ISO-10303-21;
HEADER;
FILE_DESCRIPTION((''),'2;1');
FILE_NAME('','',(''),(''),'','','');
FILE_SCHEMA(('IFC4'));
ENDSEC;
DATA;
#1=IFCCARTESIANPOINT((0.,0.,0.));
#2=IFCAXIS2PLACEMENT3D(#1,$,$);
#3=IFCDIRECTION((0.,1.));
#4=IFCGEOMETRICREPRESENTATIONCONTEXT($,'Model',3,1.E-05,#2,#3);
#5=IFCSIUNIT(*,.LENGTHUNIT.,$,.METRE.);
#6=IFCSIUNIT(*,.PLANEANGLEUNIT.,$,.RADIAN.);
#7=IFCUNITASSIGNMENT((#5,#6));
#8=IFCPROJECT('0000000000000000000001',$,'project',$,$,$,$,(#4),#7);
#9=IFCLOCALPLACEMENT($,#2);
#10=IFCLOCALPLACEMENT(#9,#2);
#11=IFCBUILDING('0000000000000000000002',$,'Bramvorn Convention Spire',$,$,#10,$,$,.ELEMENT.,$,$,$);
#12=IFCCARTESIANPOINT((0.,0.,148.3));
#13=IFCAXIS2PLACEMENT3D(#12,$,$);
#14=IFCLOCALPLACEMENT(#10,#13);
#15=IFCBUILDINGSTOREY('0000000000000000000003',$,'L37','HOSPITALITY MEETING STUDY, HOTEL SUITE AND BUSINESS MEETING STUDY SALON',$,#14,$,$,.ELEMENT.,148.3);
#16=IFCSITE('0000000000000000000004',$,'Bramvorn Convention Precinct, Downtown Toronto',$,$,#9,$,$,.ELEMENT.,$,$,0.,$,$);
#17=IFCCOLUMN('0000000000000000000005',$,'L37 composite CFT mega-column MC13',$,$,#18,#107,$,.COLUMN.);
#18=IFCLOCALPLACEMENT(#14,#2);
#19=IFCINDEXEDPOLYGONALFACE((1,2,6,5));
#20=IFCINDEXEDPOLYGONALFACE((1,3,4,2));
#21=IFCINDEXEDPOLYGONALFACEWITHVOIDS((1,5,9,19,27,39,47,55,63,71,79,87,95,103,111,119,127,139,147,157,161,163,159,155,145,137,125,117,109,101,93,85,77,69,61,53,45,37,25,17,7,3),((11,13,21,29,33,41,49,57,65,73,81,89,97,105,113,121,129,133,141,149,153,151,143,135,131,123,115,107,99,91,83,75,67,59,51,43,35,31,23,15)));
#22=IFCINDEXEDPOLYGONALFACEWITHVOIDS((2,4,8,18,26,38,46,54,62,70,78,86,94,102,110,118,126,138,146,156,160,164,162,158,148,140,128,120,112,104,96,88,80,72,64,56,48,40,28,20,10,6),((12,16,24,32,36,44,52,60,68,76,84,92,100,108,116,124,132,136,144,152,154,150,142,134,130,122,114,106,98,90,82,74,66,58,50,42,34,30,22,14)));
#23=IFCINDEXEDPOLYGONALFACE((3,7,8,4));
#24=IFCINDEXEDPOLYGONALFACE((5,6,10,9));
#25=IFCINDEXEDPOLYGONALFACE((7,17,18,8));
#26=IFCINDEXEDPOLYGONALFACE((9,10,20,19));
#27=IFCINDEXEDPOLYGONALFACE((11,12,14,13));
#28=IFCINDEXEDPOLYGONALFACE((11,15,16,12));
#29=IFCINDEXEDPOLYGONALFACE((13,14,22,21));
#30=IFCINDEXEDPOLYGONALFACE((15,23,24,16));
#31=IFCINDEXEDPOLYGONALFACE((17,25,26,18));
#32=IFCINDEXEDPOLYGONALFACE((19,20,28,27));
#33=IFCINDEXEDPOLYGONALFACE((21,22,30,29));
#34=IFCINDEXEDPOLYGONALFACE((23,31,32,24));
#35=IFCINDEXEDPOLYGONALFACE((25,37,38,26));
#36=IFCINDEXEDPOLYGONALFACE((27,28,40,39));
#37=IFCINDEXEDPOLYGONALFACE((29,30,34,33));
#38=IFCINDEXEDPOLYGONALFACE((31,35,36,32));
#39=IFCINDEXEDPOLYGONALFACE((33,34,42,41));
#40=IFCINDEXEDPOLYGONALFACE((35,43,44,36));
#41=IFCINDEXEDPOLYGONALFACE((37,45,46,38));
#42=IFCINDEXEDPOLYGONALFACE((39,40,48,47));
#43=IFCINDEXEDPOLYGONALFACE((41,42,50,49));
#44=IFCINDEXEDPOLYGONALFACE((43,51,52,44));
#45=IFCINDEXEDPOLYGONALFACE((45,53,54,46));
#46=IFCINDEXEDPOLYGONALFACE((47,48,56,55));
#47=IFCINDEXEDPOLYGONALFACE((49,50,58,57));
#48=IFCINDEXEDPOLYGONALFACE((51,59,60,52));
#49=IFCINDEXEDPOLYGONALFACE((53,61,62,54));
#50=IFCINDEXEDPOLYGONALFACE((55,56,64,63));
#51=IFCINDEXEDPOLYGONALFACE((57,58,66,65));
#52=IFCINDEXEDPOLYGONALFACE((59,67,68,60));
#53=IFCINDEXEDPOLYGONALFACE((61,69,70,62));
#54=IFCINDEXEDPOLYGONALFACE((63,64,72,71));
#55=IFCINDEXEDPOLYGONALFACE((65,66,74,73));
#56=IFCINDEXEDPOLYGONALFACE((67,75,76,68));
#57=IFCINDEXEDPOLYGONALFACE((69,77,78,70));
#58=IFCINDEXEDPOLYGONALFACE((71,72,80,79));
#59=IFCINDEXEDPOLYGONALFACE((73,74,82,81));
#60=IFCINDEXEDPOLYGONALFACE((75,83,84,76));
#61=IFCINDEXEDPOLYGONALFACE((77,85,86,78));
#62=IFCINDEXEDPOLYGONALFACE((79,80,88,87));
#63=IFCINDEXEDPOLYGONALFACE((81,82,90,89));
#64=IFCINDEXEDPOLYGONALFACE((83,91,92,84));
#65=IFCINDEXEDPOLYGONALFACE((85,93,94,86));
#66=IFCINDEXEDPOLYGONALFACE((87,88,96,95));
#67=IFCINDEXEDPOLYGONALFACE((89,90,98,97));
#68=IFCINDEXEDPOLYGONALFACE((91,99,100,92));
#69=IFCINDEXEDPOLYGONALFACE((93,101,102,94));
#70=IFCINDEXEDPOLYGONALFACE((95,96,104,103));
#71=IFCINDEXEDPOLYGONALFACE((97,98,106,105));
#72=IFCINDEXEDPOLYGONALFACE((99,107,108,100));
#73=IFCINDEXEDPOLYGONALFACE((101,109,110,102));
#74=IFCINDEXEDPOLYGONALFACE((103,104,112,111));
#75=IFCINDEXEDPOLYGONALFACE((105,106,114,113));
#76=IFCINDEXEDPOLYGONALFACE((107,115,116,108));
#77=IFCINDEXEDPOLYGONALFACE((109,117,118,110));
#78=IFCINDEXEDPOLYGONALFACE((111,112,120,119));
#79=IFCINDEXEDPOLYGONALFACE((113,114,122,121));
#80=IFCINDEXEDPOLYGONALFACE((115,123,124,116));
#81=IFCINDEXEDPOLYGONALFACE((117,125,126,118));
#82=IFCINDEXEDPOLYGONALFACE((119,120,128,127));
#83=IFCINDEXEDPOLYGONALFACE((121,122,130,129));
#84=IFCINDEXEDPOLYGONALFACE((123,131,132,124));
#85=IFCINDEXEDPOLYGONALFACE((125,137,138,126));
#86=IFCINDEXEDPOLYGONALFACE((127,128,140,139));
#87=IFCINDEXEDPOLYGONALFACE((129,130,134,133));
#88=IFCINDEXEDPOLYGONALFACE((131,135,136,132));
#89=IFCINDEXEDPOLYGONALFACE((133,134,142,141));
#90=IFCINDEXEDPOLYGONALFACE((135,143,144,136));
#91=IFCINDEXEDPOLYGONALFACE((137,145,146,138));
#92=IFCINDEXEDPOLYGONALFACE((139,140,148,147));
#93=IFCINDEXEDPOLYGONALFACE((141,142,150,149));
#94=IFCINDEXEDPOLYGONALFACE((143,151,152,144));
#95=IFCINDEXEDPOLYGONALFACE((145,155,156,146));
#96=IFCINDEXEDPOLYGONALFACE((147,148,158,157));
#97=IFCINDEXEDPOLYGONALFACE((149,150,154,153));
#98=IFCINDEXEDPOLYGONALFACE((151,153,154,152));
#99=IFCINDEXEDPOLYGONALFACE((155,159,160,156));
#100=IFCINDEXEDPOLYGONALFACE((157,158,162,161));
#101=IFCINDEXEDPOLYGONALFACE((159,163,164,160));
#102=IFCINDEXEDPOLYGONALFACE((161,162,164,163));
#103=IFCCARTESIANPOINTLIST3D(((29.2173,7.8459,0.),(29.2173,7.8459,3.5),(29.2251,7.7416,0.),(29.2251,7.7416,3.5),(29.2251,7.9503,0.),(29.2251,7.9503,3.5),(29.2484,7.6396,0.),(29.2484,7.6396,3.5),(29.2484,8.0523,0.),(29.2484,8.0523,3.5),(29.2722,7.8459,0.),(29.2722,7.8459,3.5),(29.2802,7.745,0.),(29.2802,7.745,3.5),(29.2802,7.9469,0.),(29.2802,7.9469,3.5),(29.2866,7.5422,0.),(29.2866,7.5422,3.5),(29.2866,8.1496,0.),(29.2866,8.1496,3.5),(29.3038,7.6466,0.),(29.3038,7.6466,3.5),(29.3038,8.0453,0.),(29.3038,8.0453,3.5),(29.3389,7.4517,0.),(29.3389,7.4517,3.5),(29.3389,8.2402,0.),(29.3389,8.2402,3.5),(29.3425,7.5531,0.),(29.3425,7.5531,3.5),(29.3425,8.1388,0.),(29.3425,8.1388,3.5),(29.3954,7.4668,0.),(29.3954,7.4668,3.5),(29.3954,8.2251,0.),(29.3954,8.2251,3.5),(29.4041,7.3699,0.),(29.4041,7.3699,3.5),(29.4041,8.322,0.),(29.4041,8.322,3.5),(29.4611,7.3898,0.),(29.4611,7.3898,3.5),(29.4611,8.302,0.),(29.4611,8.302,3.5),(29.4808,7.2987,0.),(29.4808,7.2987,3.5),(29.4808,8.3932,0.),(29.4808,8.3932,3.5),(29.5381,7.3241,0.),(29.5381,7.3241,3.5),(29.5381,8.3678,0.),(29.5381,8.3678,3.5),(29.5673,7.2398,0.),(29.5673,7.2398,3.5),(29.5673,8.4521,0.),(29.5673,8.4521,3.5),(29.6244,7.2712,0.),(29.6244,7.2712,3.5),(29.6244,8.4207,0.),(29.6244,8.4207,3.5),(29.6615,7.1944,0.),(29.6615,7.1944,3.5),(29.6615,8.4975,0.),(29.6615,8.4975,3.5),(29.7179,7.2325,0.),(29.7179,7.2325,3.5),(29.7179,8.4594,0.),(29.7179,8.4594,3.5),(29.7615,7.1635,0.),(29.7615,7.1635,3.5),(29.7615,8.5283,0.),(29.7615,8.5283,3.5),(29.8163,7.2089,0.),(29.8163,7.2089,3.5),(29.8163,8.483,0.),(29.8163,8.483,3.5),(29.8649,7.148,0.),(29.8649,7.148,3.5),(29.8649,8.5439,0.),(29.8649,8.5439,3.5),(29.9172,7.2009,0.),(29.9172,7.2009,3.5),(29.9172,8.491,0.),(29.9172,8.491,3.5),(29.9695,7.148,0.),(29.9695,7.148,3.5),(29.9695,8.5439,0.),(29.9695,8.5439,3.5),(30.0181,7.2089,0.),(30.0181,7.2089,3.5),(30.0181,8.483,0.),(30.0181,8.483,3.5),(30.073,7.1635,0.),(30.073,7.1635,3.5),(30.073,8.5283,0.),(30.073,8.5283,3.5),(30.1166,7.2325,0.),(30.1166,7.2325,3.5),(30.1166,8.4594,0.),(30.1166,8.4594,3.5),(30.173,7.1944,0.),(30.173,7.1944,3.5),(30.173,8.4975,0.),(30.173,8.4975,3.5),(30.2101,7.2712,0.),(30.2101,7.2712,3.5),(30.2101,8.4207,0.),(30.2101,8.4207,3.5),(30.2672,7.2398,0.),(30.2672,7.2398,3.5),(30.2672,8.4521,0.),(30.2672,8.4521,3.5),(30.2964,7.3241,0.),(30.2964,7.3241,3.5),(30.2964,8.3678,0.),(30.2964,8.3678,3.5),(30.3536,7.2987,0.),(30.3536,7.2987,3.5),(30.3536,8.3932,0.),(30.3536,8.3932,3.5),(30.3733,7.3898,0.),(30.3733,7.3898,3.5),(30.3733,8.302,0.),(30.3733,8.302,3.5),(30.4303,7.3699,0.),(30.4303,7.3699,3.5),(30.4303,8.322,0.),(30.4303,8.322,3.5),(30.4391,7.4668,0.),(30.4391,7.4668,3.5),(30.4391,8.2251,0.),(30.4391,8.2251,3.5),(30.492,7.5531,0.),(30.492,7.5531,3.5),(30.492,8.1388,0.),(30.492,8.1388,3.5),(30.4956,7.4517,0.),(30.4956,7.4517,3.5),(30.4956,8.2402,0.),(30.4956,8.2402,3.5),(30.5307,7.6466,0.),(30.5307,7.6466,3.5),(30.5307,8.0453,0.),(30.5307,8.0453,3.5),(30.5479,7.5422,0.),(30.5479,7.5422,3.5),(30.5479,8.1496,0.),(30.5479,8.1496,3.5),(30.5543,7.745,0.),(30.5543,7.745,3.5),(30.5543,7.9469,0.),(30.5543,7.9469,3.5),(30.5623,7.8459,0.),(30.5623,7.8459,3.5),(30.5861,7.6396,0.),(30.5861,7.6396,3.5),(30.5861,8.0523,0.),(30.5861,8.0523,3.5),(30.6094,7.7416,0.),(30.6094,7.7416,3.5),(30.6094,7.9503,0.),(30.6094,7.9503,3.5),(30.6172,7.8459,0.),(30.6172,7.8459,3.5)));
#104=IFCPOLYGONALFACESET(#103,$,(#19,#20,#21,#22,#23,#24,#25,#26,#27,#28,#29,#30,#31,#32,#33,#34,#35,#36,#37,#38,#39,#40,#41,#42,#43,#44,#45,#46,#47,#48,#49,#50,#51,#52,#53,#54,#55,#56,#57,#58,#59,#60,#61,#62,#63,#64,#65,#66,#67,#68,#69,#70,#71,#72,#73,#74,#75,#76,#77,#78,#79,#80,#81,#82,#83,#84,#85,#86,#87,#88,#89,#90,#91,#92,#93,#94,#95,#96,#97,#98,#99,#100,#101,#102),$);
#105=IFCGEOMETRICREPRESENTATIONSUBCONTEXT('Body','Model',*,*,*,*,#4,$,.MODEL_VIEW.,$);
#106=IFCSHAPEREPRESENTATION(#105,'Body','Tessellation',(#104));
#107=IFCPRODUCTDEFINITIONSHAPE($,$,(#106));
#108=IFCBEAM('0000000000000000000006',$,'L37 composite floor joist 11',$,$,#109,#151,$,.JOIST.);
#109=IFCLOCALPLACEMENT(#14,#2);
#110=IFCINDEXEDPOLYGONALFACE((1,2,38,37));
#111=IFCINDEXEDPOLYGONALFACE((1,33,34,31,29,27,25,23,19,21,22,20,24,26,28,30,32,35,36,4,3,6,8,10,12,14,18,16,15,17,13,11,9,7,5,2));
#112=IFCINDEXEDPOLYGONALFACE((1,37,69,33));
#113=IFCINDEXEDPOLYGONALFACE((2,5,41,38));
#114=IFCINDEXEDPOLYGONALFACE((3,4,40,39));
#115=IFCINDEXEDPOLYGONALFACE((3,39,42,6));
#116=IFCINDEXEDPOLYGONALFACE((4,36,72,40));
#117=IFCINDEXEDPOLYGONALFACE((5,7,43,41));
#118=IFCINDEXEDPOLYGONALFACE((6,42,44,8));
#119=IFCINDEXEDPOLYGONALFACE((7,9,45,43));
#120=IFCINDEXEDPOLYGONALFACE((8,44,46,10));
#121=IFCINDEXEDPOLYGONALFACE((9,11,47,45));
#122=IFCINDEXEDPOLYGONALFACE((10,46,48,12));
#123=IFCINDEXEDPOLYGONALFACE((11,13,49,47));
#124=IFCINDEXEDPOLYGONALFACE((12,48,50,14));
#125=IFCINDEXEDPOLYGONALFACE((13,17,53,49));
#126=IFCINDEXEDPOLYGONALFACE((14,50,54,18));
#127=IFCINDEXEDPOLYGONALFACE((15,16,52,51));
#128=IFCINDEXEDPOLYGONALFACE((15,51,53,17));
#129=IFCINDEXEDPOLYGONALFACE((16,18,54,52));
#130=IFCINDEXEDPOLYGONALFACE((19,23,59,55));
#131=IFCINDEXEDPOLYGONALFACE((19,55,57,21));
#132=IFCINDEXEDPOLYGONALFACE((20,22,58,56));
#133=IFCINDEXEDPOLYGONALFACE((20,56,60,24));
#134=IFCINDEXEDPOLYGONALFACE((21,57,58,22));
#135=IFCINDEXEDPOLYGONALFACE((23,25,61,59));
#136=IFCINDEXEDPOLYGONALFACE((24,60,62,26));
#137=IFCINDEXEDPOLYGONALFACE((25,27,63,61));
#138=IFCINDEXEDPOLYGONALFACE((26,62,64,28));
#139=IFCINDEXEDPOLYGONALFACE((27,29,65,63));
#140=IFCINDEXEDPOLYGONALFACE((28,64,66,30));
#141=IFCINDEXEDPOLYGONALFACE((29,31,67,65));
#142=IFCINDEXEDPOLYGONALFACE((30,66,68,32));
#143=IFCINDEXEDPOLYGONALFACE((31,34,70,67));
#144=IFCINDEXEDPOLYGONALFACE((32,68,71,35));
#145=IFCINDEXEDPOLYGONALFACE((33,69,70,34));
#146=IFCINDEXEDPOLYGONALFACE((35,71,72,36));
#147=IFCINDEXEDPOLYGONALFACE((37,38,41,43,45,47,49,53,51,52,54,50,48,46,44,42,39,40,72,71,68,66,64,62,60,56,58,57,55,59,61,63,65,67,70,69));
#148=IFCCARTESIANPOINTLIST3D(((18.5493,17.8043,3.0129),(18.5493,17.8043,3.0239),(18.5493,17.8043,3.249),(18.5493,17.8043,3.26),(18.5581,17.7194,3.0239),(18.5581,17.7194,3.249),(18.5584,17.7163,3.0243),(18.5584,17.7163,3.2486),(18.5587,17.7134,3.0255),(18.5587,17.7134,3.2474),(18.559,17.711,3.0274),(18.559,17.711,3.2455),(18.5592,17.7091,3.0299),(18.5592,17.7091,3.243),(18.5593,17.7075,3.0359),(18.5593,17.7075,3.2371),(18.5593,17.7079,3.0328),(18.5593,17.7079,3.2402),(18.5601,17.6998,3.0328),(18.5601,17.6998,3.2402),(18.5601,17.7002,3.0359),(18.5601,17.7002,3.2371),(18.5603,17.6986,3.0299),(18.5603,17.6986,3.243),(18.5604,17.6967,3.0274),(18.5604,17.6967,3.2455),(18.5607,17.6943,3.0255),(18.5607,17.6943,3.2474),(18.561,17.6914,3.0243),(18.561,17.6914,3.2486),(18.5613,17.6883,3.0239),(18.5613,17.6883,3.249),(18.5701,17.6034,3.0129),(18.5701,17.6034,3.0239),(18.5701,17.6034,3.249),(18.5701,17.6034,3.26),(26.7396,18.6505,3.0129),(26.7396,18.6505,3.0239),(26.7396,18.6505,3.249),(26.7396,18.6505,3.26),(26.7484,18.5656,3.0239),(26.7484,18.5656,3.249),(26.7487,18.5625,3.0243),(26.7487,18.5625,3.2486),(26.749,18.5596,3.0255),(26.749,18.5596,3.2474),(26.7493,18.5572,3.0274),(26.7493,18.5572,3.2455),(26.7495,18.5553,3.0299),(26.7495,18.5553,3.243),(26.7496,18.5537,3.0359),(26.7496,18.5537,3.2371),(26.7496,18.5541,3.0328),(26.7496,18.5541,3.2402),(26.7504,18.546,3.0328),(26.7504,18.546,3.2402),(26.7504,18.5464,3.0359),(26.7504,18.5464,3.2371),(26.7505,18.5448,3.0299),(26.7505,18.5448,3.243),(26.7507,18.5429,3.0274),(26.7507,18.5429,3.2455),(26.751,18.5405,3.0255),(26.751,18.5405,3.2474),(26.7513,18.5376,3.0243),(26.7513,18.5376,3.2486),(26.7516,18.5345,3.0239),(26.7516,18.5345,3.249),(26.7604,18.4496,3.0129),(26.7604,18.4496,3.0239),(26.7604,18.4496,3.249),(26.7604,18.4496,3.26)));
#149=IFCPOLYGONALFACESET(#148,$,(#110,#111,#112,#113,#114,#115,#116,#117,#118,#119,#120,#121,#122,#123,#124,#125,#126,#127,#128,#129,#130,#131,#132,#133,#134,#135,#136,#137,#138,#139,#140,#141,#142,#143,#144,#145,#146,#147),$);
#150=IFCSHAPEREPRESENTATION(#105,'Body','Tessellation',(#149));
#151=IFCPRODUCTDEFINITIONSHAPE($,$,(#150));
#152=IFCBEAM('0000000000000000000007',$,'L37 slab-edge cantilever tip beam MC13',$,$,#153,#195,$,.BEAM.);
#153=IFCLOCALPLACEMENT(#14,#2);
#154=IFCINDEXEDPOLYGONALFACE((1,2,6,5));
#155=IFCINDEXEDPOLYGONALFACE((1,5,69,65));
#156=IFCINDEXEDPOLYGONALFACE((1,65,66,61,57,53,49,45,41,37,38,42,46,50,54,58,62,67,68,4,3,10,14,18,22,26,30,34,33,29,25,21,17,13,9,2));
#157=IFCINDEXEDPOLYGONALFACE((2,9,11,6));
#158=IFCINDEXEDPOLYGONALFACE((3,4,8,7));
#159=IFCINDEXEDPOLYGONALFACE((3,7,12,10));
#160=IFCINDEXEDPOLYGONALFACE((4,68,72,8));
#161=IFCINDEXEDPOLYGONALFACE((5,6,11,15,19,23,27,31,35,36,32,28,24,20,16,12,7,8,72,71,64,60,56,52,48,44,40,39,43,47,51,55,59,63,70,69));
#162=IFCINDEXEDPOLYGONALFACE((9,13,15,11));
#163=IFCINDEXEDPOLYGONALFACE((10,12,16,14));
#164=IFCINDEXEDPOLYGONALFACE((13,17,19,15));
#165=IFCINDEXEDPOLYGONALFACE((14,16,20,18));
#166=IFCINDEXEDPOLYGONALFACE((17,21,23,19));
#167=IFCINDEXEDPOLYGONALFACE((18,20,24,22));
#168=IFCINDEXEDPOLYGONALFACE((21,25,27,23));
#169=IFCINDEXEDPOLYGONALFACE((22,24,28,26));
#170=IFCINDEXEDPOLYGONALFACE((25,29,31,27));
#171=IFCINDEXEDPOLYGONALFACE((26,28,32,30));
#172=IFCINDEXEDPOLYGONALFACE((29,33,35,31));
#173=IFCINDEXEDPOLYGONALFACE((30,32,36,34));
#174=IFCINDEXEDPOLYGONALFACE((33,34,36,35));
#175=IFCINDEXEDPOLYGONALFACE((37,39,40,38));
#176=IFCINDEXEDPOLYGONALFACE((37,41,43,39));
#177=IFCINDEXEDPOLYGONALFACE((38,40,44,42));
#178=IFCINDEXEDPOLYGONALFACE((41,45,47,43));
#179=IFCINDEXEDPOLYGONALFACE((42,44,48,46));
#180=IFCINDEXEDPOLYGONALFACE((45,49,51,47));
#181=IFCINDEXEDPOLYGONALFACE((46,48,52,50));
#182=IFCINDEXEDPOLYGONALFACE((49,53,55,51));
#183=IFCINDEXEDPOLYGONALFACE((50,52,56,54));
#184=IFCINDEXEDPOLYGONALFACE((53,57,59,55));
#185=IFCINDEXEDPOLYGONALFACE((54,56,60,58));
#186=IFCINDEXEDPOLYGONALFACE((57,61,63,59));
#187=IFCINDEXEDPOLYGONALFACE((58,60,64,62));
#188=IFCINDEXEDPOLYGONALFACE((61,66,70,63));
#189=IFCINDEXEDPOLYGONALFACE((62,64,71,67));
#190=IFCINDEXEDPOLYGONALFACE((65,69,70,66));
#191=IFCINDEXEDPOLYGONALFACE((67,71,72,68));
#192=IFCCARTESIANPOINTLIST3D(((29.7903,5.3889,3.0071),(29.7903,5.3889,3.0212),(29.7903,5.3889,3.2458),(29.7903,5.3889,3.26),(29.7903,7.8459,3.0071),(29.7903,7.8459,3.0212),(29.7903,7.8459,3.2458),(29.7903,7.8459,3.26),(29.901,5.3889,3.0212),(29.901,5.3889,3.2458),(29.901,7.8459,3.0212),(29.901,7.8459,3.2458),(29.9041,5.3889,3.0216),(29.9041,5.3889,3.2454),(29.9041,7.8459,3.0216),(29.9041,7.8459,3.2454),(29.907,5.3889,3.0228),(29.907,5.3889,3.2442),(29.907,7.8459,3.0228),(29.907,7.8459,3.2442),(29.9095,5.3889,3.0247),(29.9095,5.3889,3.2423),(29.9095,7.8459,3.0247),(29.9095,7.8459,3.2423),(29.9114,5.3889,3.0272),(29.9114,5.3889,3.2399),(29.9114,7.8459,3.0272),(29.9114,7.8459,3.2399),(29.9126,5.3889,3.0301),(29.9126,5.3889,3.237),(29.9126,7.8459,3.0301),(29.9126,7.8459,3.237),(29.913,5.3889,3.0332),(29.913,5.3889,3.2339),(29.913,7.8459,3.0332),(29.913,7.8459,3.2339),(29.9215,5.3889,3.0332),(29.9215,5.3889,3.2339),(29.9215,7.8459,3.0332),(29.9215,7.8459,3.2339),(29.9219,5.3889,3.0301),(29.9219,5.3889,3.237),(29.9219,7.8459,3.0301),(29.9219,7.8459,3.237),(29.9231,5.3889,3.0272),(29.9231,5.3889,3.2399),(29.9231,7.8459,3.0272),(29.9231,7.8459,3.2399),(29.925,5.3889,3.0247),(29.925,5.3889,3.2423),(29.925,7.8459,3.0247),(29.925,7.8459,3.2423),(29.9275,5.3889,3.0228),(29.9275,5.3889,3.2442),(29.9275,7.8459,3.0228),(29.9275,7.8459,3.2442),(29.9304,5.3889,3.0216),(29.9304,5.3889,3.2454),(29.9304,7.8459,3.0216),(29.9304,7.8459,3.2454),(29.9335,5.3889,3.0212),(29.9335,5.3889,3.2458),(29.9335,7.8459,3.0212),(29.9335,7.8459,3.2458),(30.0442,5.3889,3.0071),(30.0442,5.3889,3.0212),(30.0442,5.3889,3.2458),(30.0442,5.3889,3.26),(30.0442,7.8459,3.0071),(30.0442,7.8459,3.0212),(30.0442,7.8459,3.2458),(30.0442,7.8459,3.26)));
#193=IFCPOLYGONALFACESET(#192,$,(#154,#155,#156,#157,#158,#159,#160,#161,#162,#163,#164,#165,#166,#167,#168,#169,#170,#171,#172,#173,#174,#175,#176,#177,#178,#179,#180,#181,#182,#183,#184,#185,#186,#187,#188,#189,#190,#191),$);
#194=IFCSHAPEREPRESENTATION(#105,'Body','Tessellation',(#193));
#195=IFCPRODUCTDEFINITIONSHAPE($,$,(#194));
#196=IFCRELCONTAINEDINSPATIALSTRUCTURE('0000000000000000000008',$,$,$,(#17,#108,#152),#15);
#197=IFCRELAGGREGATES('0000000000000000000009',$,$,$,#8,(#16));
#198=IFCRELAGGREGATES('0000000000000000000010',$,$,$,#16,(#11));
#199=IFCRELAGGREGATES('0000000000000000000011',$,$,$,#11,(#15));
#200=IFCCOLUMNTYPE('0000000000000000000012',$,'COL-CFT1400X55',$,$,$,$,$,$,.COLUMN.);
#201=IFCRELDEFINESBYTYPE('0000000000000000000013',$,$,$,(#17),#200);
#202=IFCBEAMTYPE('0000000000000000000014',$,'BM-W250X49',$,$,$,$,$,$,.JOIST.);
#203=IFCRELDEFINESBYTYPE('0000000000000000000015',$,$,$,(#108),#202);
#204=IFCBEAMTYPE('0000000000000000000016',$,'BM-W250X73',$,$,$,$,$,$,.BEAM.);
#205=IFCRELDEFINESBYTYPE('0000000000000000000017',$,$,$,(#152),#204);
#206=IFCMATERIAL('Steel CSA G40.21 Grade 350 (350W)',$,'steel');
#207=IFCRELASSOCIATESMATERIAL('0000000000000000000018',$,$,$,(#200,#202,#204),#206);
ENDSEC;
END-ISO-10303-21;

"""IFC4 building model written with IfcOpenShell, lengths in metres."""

from ifc_helpers import new_model, si_unit, direction, frame, origin, origin_2d, place, context, subcontext, project, spatial, hollow_circle, i_section, extrude, material, material_profile, profile_set, type_object, element, save


model = new_model("IFC4")

# Units and contexts
model_context = context("Model", 3, precision=1e-05, world=origin(), true_north=direction((0.0, 1.0)))
body_context = subcontext(model_context, "Body", "Model", "MODEL_VIEW")
ifc_project = project(units=[si_unit("LENGTHUNIT", "METRE"), si_unit("PLANEANGLEUNIT", "RADIAN")], contexts=[model_context])

# Site, building, storey
site_placement = place(None, origin())
site = spatial("IfcSite", under=ifc_project, at=site_placement, Name="Bramvorn Convention Precinct, Downtown Toronto", CompositionType="ELEMENT", RefElevation=0.0)
building_placement = place(site_placement, origin())
building = spatial("IfcBuilding", under=site, at=building_placement, Name="Bramvorn Convention Spire", CompositionType="ELEMENT")
storey_placement = place(building_placement, frame((0.0, 0.0, 148.3)))
storey = spatial("IfcBuildingStorey", under=building, at=storey_placement, Name="L37", Description="HOSPITALITY MEETING STUDY, HOTEL SUITE AND BUSINESS MEETING STUDY SALON", CompositionType="ELEMENT", Elevation=148.3)

# Column
ifc_material_1 = material(Name="Steel CSA G40.21 Grade 350 (350W)", Category="steel")
ifc_material_profile_1 = material_profile(ifc_material_1, hollow_circle(Radius=0.7, WallThickness=0.0549, at=origin_2d()))
ifc_profile_set_1 = profile_set([ifc_material_profile_1], Name="Steel CSA G40.21 Grade 350 (350W) - CFT1400X55")
column_type = type_object("IfcColumnType", Name="COL-CFT1400X55", PredefinedType="COLUMN", material=ifc_profile_set_1)
column_placement = place(storey_placement, frame((29.9172, 7.8459, 0.0), z_axis=(0.0, 0.0, 1.0), x_axis=(1.0, 0.0, 0.0)))
element("IfcColumn", 1, at=column_placement, inside=storey, type_object=column_type, Name="L37 composite CFT mega-column MC13", PredefinedType="COLUMN", context=body_context, shape_type="SweptSolid", body=[
    extrude(hollow_circle(Radius=0.7, WallThickness=0.0549, at=origin_2d()), origin(), (0.0, 0.0, 1.0), 3.5),
])

# Beams
ifc_material_profile_2 = material_profile(ifc_material_1, i_section(OverallWidth=0.2019, OverallDepth=0.2471, WebThickness=0.0073, FlangeThickness=0.011, FilletRadius=0.012, at=origin_2d()))
ifc_profile_set_2 = profile_set([ifc_material_profile_2], Name="Steel CSA G40.21 Grade 350 (350W) - W250X49")
beam_type_1 = type_object("IfcBeamType", Name="BM-W250X49", PredefinedType="JOIST", material=ifc_profile_set_2)
beam_1_placement = place(storey_placement, frame((26.75, 18.55, 3.1365), z_axis=(-0.994705, -0.102771, 0.0), x_axis=(0.102771, -0.994705, 0.0)))
element("IfcBeam", 2, at=beam_1_placement, inside=storey, type_object=beam_type_1, Name="L37 composite floor joist 11", PredefinedType="JOIST", context=body_context, shape_type="SweptSolid", body=[
    extrude(i_section(OverallWidth=0.2019, OverallDepth=0.2471, WebThickness=0.0073, FlangeThickness=0.011, FilletRadius=0.012, at=origin_2d()), origin(), (0.0, 0.0, 1.0), 8.2339),
])
ifc_material_profile_3 = material_profile(ifc_material_1, i_section(OverallWidth=0.2539, OverallDepth=0.2529, WebThickness=0.0085, FlangeThickness=0.0142, FilletRadius=0.012, at=origin_2d()))
ifc_profile_set_3 = profile_set([ifc_material_profile_3], Name="Steel CSA G40.21 Grade 350 (350W) - W250X73")
beam_type_2 = type_object("IfcBeamType", Name="BM-W250X73", PredefinedType="BEAM", material=ifc_profile_set_3)
beam_2_placement = place(storey_placement, frame((29.9172, 7.8459, 3.1335), z_axis=(0.0, -1.0, 0.0), x_axis=(1.0, 0.0, 0.0)))
element("IfcBeam", 3, at=beam_2_placement, inside=storey, type_object=beam_type_2, Name="L37 slab-edge cantilever tip beam MC13", PredefinedType="BEAM", context=body_context, shape_type="SweptSolid", body=[
    extrude(i_section(OverallWidth=0.2539, OverallDepth=0.2529, WebThickness=0.0085, FlangeThickness=0.0142, FilletRadius=0.012, at=origin_2d()), origin(), (0.0, 0.0, 1.0), 2.457),
])

save(model, "model.ifc")
